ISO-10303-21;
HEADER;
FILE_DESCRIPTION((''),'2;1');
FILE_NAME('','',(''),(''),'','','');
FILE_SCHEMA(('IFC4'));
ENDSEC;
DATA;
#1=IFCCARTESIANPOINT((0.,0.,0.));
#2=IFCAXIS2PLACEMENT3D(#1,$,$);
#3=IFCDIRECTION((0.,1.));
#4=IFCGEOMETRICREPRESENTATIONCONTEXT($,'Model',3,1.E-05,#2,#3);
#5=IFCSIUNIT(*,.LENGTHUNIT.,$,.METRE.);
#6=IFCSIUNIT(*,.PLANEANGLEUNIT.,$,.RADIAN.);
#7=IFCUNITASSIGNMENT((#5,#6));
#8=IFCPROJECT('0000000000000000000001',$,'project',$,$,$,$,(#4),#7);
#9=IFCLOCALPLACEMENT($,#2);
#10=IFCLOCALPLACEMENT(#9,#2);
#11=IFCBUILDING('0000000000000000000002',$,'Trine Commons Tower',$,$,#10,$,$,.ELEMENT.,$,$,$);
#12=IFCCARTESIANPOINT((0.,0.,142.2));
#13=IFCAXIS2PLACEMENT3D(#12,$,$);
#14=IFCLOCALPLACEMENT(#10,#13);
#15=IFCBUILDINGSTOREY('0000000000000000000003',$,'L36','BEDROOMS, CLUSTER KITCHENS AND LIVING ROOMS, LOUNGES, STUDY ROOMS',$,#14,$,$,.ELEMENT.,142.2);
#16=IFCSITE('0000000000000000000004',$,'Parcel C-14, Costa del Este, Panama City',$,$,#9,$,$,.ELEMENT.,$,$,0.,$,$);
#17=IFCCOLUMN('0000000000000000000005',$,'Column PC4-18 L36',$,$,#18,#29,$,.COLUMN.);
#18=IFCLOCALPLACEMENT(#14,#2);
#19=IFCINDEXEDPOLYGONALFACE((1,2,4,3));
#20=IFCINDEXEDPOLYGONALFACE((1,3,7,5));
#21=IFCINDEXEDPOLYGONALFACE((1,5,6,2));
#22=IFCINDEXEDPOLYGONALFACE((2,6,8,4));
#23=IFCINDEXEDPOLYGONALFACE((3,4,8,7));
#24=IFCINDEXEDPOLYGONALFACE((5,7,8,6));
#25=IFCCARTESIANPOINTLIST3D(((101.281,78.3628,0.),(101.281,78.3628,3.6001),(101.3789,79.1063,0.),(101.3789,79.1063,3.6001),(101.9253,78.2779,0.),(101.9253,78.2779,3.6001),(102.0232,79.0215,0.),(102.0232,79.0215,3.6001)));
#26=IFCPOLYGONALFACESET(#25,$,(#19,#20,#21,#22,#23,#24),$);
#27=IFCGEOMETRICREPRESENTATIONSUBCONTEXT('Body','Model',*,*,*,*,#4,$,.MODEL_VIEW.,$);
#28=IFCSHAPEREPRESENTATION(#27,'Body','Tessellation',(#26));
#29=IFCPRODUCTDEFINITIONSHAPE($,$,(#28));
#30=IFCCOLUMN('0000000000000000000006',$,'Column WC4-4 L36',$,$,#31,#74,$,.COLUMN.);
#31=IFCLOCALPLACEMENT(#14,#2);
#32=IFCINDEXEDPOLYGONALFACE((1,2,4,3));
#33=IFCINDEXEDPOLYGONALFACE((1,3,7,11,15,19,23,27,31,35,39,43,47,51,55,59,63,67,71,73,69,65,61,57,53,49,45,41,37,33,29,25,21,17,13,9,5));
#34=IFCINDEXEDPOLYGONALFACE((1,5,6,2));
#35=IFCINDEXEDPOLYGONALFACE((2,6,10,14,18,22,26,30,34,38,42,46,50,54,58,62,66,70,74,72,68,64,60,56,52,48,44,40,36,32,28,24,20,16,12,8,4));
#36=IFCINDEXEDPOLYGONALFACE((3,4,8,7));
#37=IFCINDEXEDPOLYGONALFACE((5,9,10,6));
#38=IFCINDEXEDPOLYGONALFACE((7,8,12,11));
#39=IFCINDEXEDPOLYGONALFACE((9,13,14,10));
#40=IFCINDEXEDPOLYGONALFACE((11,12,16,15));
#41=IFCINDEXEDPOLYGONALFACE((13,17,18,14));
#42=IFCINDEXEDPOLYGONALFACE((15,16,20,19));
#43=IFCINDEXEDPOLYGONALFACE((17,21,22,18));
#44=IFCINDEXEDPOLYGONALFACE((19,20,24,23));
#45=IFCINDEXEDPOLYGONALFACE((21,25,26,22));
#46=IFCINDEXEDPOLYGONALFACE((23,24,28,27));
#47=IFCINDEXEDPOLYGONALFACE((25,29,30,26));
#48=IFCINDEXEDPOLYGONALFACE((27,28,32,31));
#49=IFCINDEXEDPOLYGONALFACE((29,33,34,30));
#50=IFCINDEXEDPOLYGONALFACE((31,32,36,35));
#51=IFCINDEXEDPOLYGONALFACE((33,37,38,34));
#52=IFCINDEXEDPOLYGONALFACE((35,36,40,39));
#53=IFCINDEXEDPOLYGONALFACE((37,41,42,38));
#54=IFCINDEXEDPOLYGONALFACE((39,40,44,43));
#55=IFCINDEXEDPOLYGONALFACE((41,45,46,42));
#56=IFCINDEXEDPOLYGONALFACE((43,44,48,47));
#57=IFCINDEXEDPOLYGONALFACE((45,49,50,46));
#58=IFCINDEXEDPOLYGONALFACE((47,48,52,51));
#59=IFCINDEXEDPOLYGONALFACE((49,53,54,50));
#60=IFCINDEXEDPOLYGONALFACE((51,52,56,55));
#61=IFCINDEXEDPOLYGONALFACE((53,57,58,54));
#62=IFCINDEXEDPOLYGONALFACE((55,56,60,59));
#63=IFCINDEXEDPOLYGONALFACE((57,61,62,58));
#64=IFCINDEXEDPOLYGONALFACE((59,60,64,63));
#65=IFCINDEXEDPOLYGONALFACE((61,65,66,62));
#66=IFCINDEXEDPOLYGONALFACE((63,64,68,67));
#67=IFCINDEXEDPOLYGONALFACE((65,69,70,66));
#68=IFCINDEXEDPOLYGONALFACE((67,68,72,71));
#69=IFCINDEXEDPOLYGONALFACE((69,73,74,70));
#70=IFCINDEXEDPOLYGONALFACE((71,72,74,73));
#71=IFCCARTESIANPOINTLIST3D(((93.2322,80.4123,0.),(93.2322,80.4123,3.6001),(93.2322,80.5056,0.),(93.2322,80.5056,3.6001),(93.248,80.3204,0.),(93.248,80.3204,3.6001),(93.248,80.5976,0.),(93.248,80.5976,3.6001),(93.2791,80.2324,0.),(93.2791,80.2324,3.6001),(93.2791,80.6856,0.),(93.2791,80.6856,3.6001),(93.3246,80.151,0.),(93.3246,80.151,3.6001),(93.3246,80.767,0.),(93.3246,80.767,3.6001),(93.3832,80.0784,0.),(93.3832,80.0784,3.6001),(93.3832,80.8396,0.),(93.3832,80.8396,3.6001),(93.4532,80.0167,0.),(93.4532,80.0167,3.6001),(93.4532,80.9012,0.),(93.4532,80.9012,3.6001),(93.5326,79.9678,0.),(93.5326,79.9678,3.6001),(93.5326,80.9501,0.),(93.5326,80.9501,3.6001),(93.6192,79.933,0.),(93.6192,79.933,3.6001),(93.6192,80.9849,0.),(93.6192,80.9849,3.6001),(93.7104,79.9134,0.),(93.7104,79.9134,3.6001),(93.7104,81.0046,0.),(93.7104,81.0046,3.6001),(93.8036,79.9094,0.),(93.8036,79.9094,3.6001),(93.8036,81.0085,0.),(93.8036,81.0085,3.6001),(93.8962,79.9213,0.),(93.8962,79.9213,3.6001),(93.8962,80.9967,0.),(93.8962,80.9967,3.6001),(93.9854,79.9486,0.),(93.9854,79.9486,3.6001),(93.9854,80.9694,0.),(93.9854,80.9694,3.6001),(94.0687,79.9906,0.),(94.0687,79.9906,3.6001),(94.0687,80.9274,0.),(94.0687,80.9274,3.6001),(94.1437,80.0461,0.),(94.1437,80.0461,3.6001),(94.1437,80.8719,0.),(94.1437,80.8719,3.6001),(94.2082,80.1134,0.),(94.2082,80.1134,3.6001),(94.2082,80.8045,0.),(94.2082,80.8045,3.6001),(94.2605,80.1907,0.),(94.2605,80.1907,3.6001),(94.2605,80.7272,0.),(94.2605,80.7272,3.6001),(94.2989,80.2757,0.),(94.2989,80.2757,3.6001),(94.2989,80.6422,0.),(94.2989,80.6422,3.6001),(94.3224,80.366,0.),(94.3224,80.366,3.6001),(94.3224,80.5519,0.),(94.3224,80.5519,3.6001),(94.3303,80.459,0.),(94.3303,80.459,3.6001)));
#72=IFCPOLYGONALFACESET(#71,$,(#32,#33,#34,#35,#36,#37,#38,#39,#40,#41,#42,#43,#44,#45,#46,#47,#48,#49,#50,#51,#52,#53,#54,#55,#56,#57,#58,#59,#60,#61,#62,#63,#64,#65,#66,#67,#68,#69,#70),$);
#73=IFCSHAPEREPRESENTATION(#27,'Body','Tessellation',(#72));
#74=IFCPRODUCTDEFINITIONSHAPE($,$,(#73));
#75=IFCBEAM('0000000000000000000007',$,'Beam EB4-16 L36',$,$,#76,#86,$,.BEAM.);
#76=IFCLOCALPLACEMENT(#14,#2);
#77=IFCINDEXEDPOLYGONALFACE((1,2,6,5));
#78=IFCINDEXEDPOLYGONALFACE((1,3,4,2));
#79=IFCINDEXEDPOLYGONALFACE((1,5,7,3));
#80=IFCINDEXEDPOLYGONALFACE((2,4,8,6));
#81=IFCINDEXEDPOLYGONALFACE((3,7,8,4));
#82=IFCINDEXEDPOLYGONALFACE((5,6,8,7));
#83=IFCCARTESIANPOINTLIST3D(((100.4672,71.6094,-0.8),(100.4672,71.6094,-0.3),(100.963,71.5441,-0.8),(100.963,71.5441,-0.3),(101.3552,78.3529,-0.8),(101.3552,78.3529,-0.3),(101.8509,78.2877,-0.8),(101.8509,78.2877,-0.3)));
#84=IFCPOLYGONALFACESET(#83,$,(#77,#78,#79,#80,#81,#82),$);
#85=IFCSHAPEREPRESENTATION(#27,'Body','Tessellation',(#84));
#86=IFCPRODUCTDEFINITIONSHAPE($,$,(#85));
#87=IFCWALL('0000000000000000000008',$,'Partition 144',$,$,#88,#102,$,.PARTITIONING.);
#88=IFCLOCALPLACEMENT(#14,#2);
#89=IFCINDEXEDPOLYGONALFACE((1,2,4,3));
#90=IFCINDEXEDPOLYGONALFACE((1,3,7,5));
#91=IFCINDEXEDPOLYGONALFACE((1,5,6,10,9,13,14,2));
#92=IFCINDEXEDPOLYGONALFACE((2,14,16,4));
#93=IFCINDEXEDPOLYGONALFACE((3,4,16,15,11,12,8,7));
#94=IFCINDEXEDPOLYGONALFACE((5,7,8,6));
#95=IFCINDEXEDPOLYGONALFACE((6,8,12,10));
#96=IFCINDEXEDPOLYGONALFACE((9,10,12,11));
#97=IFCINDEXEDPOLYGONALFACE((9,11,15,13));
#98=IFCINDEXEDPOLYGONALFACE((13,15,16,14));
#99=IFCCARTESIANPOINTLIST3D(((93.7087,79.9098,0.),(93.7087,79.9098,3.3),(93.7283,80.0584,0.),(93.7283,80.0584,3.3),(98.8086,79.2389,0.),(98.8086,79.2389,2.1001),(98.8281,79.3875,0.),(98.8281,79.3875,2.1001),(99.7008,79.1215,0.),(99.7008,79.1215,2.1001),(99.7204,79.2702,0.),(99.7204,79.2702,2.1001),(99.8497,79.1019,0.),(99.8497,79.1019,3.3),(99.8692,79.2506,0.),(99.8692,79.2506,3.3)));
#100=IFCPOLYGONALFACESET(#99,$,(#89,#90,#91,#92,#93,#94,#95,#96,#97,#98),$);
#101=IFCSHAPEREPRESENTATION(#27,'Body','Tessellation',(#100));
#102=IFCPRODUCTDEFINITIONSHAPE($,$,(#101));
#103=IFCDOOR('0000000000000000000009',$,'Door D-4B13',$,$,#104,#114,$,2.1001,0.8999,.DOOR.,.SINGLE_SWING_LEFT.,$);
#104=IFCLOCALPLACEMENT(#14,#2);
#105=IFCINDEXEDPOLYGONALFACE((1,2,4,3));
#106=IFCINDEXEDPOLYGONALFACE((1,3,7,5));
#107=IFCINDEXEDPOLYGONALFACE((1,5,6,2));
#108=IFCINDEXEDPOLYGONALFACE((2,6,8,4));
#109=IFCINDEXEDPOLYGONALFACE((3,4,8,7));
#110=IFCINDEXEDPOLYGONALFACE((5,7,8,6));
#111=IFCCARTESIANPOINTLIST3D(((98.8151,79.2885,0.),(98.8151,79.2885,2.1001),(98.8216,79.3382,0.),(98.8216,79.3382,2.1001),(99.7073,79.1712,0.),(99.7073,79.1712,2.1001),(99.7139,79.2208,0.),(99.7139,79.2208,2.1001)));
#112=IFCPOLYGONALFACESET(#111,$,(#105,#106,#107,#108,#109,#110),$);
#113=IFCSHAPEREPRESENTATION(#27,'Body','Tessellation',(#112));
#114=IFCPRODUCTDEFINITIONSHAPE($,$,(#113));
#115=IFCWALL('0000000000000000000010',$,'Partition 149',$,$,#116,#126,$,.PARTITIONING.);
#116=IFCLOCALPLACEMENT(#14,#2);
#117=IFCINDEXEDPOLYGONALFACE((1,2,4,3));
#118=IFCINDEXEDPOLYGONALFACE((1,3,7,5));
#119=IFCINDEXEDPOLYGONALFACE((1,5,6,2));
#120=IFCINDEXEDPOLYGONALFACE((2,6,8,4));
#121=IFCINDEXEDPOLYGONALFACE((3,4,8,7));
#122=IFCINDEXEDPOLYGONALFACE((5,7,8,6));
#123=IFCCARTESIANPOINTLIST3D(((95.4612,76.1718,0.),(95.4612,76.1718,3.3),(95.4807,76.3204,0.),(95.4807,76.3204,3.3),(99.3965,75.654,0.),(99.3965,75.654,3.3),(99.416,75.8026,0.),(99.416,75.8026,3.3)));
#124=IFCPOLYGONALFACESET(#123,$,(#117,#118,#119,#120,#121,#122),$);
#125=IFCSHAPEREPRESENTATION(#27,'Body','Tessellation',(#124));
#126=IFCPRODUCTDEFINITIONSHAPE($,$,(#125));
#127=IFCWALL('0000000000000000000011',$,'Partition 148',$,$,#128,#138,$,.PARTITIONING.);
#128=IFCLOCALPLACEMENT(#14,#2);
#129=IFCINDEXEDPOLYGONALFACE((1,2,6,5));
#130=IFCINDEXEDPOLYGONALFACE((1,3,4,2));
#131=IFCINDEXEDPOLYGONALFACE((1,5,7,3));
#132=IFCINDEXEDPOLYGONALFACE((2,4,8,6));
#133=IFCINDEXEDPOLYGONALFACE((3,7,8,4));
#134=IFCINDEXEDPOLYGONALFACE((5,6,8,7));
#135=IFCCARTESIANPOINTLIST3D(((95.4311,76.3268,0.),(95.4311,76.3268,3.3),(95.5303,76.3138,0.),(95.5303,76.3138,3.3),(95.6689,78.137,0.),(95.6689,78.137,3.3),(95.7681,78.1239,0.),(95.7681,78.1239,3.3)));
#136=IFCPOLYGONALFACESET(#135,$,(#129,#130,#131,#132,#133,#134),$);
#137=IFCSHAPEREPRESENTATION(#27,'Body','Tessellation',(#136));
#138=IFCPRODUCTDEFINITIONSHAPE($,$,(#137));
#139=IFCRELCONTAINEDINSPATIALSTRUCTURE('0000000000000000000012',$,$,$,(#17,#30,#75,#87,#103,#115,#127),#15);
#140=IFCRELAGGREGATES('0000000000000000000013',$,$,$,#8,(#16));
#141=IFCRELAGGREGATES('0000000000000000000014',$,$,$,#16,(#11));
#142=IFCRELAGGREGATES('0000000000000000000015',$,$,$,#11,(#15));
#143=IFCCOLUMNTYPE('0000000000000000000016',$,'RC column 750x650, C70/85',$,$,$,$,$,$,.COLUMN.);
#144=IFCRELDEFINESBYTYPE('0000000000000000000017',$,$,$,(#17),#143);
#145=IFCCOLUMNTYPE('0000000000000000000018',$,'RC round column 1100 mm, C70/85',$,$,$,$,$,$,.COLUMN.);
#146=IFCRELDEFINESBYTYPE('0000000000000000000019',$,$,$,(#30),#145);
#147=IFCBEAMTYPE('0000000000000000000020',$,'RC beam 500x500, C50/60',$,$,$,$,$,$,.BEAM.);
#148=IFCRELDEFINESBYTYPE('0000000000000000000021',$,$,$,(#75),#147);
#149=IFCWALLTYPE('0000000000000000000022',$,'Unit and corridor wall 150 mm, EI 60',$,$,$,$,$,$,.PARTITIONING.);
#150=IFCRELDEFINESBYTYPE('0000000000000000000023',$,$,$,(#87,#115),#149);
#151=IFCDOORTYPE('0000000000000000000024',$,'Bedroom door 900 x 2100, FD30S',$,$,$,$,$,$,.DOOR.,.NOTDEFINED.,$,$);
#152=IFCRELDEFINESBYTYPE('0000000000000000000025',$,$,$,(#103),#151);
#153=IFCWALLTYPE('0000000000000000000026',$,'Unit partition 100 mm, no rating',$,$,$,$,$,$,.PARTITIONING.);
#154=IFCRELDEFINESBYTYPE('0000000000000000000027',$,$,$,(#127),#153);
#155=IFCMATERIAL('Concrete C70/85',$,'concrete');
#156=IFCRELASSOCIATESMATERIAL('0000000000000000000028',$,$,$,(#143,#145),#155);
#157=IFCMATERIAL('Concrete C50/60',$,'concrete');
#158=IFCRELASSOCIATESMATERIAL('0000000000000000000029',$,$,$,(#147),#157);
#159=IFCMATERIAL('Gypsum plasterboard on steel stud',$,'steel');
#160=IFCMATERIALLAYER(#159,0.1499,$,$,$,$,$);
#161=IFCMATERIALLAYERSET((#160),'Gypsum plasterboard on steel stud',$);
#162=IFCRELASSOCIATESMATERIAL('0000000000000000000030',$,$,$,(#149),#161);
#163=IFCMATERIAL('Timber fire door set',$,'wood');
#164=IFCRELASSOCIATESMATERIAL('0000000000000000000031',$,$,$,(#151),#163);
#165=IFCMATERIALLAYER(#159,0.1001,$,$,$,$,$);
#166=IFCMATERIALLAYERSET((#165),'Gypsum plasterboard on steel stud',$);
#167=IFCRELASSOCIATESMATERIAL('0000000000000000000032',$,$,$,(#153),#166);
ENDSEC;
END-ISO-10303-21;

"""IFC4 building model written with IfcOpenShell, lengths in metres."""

from ifc_helpers import new_model, si_unit, direction, frame, frame_2d, origin, origin_2d, place, context, subcontext, project, spatial, rectangle, circle, extrude, material, layer, layer_set, material_profile, profile_set, type_object, element, fill, save


model = new_model("IFC4")

# Units and contexts
model_context = context("Model", 3, precision=1e-05, world=origin(), true_north=direction((0.0, 1.0)))
body_context = subcontext(model_context, "Body", "Model", "MODEL_VIEW")
ifc_project = project(units=[si_unit("LENGTHUNIT", "METRE"), si_unit("PLANEANGLEUNIT", "RADIAN")], contexts=[model_context])

# Site, building, storey
site_placement = place(None, origin())
site = spatial("IfcSite", under=ifc_project, at=site_placement, Name="Parcel C-14, Costa del Este, Panama City", CompositionType="ELEMENT", RefElevation=0.0)
building_placement = place(site_placement, origin())
building = spatial("IfcBuilding", under=site, at=building_placement, Name="Trine Commons Tower", CompositionType="ELEMENT")
storey_placement = place(building_placement, frame((0.0, 0.0, 142.2)))
storey = spatial("IfcBuildingStorey", under=building, at=storey_placement, Name="L36", Description="BEDROOMS, CLUSTER KITCHENS AND LIVING ROOMS, LOUNGES, STUDY ROOMS", CompositionType="ELEMENT", Elevation=142.2)

# Columns
ifc_material_1 = material(Name="Concrete C70/85", Category="concrete")
ifc_material_profile_1 = material_profile(ifc_material_1, rectangle(XDim=0.75, YDim=0.6499, at=origin_2d()), Name="RC 750x650")
ifc_profile_set_1 = profile_set([ifc_material_profile_1], Name="Concrete C70/85")
column_type_1 = type_object("IfcColumnType", Name="RC column 750x650, C70/85", PredefinedType="COLUMN", material=ifc_profile_set_1)
column_1_placement = place(storey_placement, frame((101.6521, 78.6921, 0.0), z_axis=(0.0, 0.0, 1.0), x_axis=(0.130526, 0.991445, 0.0)))
element("IfcColumn", 1, at=column_1_placement, inside=storey, type_object=column_type_1, Name="Column PC4-18 L36", PredefinedType="COLUMN", context=body_context, shape_type="SweptSolid", body=[
    extrude(rectangle(XDim=0.75, YDim=0.6499, at=origin_2d()), origin(), (0.0, 0.0, 1.0), 3.6001),
])
ifc_material_profile_2 = material_profile(ifc_material_1, circle(Radius=0.55, at=origin_2d()), Name="RC round 1100")
ifc_profile_set_2 = profile_set([ifc_material_profile_2], Name="Concrete C70/85")
column_type_2 = type_object("IfcColumnType", Name="RC round column 1100 mm, C70/85", PredefinedType="COLUMN", material=ifc_profile_set_2)
column_2_placement = place(storey_placement, frame((93.7803, 80.459, 0.0), z_axis=(0.0, 0.0, 1.0), x_axis=(1.0, 0.0, 0.0)))
element("IfcColumn", 2, at=column_2_placement, inside=storey, type_object=column_type_2, Name="Column WC4-4 L36", PredefinedType="COLUMN", context=body_context, shape_type="SweptSolid", body=[
    extrude(circle(Radius=0.55, at=origin_2d()), origin(), (0.0, 0.0, 1.0), 3.6001),
])

# Beam
ifc_material_2 = material(Name="Concrete C50/60", Category="concrete")
ifc_material_profile_3 = material_profile(ifc_material_2, rectangle(XDim=0.5, YDim=0.5, at=origin_2d()), Name="RC 500x500")
ifc_profile_set_3 = profile_set([ifc_material_profile_3], Name="Concrete C50/60")
beam_type = type_object("IfcBeamType", Name="RC beam 500x500, C50/60", PredefinedType="BEAM", material=ifc_profile_set_3)
beam_placement = place(storey_placement, frame((101.603, 78.3203, -0.55), z_axis=(-0.130544, -0.991443, 0.0), x_axis=(0.991443, -0.130544, 0.0)))
element("IfcBeam", 3, at=beam_placement, inside=storey, type_object=beam_type, Name="Beam EB4-16 L36", PredefinedType="BEAM", context=body_context, shape_type="SweptSolid", body=[
    extrude(rectangle(XDim=0.5, YDim=0.5, at=origin_2d()), origin(), (0.0, 0.0, 1.0), 6.8018),
])

# Wall, opening, door
ifc_material_3 = material(Name="Gypsum plasterboard on steel stud", Category="steel")
ifc_layer_1 = layer(ifc_material_3, 0.1499)
ifc_layer_set_1 = layer_set([ifc_layer_1], Name="Gypsum plasterboard on steel stud")
wall_type_1 = type_object("IfcWallType", Name="Unit and corridor wall 150 mm, EI 60", PredefinedType="PARTITIONING", material=ifc_layer_set_1)
wall_1_placement = place(storey_placement, frame((93.7185, 79.9841, 0.0), z_axis=(0.0, 0.0, 1.0), x_axis=(0.991457, -0.130431, 0.0)))
wall_1 = element("IfcWall", 4, at=wall_1_placement, inside=storey, type_object=wall_type_1, Name="Partition 144", PredefinedType="PARTITIONING", context=body_context, shape_type="SweptSolid", body=[
    extrude(rectangle(XDim=6.1938, YDim=0.1499, at=frame_2d((3.0969, 0.0))), origin(), (0.0, 0.0, 1.0), 3.3),
])
opening_placement = place(wall_1_placement, frame((5.1438, 0.0, 0.0)))
opening = element("IfcOpeningElement", 5, at=opening_placement, cuts=wall_1, PredefinedType="OPENING", context=body_context, shape_type="SweptSolid", body=[
    extrude(rectangle(XDim=0.8999, YDim=2.1001, at=frame_2d((0.45, 1.05))), frame((0.0, 0.085, 0.0), z_axis=(0.0, -1.0, 0.0), x_axis=(1.0, 0.0, 0.0)), (0.0, 0.0, 1.0), 0.1699),
])
ifc_material_4 = material(Name="Timber fire door set", Category="wood")
door_type = type_object("IfcDoorType", Name="Bedroom door 900 x 2100, FD30S", OperationType="NOTDEFINED", PredefinedType="DOOR", material=ifc_material_4)
door_placement = place(opening_placement, frame((0.8999, 0.0, 0.0), z_axis=(0.0, 0.0, 1.0), x_axis=(-1.0, 0.0, 0.0)))
door = element("IfcDoor", 6, at=door_placement, inside=storey, type_object=door_type, Name="Door D-4B13", OperationType="SINGLE_SWING_LEFT", OverallHeight=2.1001, OverallWidth=0.8999, PredefinedType="DOOR", context=body_context, shape_type="SweptSolid", body=[
    extrude(rectangle(XDim=0.8999, YDim=2.1001, at=frame_2d((0.45, 1.05))), frame((0.0, 0.0249, 0.0), z_axis=(0.0, -1.0, 0.0), x_axis=(1.0, 0.0, 0.0)), (0.0, 0.0, 1.0), 0.05),
])
fill(opening, door)

# Walls
wall_2_placement = place(storey_placement, frame((95.4709, 76.2461, 0.0), z_axis=(0.0, 0.0, 1.0), x_axis=(0.991454, -0.130459, 0.0)))
element("IfcWall", 7, at=wall_2_placement, inside=storey, type_object=wall_type_1, Name="Partition 149", PredefinedType="PARTITIONING", context=body_context, shape_type="SweptSolid", body=[
    extrude(rectangle(XDim=3.9692, YDim=0.1499, at=frame_2d((1.9846, 0.0))), origin(), (0.0, 0.0, 1.0), 3.3),
])
ifc_layer_2 = layer(ifc_material_3, 0.1001)
ifc_layer_set_2 = layer_set([ifc_layer_2], Name="Gypsum plasterboard on steel stud")
wall_type_2 = type_object("IfcWallType", Name="Unit partition 100 mm, no rating", PredefinedType="PARTITIONING", material=ifc_layer_set_2)
wall_3_placement = place(storey_placement, frame((95.4807, 76.3203, 0.0), z_axis=(0.0, 0.0, 1.0), x_axis=(0.130254, 0.991481, 0.0)))
element("IfcWall", 8, at=wall_3_placement, inside=storey, type_object=wall_type_2, Name="Partition 148", PredefinedType="PARTITIONING", context=body_context, shape_type="SweptSolid", body=[
    extrude(rectangle(XDim=1.8257, YDim=0.1001, at=frame_2d((0.9128, 0.0))), origin(), (0.0, 0.0, 1.0), 3.3),
])

save(model, "model.ifc")
